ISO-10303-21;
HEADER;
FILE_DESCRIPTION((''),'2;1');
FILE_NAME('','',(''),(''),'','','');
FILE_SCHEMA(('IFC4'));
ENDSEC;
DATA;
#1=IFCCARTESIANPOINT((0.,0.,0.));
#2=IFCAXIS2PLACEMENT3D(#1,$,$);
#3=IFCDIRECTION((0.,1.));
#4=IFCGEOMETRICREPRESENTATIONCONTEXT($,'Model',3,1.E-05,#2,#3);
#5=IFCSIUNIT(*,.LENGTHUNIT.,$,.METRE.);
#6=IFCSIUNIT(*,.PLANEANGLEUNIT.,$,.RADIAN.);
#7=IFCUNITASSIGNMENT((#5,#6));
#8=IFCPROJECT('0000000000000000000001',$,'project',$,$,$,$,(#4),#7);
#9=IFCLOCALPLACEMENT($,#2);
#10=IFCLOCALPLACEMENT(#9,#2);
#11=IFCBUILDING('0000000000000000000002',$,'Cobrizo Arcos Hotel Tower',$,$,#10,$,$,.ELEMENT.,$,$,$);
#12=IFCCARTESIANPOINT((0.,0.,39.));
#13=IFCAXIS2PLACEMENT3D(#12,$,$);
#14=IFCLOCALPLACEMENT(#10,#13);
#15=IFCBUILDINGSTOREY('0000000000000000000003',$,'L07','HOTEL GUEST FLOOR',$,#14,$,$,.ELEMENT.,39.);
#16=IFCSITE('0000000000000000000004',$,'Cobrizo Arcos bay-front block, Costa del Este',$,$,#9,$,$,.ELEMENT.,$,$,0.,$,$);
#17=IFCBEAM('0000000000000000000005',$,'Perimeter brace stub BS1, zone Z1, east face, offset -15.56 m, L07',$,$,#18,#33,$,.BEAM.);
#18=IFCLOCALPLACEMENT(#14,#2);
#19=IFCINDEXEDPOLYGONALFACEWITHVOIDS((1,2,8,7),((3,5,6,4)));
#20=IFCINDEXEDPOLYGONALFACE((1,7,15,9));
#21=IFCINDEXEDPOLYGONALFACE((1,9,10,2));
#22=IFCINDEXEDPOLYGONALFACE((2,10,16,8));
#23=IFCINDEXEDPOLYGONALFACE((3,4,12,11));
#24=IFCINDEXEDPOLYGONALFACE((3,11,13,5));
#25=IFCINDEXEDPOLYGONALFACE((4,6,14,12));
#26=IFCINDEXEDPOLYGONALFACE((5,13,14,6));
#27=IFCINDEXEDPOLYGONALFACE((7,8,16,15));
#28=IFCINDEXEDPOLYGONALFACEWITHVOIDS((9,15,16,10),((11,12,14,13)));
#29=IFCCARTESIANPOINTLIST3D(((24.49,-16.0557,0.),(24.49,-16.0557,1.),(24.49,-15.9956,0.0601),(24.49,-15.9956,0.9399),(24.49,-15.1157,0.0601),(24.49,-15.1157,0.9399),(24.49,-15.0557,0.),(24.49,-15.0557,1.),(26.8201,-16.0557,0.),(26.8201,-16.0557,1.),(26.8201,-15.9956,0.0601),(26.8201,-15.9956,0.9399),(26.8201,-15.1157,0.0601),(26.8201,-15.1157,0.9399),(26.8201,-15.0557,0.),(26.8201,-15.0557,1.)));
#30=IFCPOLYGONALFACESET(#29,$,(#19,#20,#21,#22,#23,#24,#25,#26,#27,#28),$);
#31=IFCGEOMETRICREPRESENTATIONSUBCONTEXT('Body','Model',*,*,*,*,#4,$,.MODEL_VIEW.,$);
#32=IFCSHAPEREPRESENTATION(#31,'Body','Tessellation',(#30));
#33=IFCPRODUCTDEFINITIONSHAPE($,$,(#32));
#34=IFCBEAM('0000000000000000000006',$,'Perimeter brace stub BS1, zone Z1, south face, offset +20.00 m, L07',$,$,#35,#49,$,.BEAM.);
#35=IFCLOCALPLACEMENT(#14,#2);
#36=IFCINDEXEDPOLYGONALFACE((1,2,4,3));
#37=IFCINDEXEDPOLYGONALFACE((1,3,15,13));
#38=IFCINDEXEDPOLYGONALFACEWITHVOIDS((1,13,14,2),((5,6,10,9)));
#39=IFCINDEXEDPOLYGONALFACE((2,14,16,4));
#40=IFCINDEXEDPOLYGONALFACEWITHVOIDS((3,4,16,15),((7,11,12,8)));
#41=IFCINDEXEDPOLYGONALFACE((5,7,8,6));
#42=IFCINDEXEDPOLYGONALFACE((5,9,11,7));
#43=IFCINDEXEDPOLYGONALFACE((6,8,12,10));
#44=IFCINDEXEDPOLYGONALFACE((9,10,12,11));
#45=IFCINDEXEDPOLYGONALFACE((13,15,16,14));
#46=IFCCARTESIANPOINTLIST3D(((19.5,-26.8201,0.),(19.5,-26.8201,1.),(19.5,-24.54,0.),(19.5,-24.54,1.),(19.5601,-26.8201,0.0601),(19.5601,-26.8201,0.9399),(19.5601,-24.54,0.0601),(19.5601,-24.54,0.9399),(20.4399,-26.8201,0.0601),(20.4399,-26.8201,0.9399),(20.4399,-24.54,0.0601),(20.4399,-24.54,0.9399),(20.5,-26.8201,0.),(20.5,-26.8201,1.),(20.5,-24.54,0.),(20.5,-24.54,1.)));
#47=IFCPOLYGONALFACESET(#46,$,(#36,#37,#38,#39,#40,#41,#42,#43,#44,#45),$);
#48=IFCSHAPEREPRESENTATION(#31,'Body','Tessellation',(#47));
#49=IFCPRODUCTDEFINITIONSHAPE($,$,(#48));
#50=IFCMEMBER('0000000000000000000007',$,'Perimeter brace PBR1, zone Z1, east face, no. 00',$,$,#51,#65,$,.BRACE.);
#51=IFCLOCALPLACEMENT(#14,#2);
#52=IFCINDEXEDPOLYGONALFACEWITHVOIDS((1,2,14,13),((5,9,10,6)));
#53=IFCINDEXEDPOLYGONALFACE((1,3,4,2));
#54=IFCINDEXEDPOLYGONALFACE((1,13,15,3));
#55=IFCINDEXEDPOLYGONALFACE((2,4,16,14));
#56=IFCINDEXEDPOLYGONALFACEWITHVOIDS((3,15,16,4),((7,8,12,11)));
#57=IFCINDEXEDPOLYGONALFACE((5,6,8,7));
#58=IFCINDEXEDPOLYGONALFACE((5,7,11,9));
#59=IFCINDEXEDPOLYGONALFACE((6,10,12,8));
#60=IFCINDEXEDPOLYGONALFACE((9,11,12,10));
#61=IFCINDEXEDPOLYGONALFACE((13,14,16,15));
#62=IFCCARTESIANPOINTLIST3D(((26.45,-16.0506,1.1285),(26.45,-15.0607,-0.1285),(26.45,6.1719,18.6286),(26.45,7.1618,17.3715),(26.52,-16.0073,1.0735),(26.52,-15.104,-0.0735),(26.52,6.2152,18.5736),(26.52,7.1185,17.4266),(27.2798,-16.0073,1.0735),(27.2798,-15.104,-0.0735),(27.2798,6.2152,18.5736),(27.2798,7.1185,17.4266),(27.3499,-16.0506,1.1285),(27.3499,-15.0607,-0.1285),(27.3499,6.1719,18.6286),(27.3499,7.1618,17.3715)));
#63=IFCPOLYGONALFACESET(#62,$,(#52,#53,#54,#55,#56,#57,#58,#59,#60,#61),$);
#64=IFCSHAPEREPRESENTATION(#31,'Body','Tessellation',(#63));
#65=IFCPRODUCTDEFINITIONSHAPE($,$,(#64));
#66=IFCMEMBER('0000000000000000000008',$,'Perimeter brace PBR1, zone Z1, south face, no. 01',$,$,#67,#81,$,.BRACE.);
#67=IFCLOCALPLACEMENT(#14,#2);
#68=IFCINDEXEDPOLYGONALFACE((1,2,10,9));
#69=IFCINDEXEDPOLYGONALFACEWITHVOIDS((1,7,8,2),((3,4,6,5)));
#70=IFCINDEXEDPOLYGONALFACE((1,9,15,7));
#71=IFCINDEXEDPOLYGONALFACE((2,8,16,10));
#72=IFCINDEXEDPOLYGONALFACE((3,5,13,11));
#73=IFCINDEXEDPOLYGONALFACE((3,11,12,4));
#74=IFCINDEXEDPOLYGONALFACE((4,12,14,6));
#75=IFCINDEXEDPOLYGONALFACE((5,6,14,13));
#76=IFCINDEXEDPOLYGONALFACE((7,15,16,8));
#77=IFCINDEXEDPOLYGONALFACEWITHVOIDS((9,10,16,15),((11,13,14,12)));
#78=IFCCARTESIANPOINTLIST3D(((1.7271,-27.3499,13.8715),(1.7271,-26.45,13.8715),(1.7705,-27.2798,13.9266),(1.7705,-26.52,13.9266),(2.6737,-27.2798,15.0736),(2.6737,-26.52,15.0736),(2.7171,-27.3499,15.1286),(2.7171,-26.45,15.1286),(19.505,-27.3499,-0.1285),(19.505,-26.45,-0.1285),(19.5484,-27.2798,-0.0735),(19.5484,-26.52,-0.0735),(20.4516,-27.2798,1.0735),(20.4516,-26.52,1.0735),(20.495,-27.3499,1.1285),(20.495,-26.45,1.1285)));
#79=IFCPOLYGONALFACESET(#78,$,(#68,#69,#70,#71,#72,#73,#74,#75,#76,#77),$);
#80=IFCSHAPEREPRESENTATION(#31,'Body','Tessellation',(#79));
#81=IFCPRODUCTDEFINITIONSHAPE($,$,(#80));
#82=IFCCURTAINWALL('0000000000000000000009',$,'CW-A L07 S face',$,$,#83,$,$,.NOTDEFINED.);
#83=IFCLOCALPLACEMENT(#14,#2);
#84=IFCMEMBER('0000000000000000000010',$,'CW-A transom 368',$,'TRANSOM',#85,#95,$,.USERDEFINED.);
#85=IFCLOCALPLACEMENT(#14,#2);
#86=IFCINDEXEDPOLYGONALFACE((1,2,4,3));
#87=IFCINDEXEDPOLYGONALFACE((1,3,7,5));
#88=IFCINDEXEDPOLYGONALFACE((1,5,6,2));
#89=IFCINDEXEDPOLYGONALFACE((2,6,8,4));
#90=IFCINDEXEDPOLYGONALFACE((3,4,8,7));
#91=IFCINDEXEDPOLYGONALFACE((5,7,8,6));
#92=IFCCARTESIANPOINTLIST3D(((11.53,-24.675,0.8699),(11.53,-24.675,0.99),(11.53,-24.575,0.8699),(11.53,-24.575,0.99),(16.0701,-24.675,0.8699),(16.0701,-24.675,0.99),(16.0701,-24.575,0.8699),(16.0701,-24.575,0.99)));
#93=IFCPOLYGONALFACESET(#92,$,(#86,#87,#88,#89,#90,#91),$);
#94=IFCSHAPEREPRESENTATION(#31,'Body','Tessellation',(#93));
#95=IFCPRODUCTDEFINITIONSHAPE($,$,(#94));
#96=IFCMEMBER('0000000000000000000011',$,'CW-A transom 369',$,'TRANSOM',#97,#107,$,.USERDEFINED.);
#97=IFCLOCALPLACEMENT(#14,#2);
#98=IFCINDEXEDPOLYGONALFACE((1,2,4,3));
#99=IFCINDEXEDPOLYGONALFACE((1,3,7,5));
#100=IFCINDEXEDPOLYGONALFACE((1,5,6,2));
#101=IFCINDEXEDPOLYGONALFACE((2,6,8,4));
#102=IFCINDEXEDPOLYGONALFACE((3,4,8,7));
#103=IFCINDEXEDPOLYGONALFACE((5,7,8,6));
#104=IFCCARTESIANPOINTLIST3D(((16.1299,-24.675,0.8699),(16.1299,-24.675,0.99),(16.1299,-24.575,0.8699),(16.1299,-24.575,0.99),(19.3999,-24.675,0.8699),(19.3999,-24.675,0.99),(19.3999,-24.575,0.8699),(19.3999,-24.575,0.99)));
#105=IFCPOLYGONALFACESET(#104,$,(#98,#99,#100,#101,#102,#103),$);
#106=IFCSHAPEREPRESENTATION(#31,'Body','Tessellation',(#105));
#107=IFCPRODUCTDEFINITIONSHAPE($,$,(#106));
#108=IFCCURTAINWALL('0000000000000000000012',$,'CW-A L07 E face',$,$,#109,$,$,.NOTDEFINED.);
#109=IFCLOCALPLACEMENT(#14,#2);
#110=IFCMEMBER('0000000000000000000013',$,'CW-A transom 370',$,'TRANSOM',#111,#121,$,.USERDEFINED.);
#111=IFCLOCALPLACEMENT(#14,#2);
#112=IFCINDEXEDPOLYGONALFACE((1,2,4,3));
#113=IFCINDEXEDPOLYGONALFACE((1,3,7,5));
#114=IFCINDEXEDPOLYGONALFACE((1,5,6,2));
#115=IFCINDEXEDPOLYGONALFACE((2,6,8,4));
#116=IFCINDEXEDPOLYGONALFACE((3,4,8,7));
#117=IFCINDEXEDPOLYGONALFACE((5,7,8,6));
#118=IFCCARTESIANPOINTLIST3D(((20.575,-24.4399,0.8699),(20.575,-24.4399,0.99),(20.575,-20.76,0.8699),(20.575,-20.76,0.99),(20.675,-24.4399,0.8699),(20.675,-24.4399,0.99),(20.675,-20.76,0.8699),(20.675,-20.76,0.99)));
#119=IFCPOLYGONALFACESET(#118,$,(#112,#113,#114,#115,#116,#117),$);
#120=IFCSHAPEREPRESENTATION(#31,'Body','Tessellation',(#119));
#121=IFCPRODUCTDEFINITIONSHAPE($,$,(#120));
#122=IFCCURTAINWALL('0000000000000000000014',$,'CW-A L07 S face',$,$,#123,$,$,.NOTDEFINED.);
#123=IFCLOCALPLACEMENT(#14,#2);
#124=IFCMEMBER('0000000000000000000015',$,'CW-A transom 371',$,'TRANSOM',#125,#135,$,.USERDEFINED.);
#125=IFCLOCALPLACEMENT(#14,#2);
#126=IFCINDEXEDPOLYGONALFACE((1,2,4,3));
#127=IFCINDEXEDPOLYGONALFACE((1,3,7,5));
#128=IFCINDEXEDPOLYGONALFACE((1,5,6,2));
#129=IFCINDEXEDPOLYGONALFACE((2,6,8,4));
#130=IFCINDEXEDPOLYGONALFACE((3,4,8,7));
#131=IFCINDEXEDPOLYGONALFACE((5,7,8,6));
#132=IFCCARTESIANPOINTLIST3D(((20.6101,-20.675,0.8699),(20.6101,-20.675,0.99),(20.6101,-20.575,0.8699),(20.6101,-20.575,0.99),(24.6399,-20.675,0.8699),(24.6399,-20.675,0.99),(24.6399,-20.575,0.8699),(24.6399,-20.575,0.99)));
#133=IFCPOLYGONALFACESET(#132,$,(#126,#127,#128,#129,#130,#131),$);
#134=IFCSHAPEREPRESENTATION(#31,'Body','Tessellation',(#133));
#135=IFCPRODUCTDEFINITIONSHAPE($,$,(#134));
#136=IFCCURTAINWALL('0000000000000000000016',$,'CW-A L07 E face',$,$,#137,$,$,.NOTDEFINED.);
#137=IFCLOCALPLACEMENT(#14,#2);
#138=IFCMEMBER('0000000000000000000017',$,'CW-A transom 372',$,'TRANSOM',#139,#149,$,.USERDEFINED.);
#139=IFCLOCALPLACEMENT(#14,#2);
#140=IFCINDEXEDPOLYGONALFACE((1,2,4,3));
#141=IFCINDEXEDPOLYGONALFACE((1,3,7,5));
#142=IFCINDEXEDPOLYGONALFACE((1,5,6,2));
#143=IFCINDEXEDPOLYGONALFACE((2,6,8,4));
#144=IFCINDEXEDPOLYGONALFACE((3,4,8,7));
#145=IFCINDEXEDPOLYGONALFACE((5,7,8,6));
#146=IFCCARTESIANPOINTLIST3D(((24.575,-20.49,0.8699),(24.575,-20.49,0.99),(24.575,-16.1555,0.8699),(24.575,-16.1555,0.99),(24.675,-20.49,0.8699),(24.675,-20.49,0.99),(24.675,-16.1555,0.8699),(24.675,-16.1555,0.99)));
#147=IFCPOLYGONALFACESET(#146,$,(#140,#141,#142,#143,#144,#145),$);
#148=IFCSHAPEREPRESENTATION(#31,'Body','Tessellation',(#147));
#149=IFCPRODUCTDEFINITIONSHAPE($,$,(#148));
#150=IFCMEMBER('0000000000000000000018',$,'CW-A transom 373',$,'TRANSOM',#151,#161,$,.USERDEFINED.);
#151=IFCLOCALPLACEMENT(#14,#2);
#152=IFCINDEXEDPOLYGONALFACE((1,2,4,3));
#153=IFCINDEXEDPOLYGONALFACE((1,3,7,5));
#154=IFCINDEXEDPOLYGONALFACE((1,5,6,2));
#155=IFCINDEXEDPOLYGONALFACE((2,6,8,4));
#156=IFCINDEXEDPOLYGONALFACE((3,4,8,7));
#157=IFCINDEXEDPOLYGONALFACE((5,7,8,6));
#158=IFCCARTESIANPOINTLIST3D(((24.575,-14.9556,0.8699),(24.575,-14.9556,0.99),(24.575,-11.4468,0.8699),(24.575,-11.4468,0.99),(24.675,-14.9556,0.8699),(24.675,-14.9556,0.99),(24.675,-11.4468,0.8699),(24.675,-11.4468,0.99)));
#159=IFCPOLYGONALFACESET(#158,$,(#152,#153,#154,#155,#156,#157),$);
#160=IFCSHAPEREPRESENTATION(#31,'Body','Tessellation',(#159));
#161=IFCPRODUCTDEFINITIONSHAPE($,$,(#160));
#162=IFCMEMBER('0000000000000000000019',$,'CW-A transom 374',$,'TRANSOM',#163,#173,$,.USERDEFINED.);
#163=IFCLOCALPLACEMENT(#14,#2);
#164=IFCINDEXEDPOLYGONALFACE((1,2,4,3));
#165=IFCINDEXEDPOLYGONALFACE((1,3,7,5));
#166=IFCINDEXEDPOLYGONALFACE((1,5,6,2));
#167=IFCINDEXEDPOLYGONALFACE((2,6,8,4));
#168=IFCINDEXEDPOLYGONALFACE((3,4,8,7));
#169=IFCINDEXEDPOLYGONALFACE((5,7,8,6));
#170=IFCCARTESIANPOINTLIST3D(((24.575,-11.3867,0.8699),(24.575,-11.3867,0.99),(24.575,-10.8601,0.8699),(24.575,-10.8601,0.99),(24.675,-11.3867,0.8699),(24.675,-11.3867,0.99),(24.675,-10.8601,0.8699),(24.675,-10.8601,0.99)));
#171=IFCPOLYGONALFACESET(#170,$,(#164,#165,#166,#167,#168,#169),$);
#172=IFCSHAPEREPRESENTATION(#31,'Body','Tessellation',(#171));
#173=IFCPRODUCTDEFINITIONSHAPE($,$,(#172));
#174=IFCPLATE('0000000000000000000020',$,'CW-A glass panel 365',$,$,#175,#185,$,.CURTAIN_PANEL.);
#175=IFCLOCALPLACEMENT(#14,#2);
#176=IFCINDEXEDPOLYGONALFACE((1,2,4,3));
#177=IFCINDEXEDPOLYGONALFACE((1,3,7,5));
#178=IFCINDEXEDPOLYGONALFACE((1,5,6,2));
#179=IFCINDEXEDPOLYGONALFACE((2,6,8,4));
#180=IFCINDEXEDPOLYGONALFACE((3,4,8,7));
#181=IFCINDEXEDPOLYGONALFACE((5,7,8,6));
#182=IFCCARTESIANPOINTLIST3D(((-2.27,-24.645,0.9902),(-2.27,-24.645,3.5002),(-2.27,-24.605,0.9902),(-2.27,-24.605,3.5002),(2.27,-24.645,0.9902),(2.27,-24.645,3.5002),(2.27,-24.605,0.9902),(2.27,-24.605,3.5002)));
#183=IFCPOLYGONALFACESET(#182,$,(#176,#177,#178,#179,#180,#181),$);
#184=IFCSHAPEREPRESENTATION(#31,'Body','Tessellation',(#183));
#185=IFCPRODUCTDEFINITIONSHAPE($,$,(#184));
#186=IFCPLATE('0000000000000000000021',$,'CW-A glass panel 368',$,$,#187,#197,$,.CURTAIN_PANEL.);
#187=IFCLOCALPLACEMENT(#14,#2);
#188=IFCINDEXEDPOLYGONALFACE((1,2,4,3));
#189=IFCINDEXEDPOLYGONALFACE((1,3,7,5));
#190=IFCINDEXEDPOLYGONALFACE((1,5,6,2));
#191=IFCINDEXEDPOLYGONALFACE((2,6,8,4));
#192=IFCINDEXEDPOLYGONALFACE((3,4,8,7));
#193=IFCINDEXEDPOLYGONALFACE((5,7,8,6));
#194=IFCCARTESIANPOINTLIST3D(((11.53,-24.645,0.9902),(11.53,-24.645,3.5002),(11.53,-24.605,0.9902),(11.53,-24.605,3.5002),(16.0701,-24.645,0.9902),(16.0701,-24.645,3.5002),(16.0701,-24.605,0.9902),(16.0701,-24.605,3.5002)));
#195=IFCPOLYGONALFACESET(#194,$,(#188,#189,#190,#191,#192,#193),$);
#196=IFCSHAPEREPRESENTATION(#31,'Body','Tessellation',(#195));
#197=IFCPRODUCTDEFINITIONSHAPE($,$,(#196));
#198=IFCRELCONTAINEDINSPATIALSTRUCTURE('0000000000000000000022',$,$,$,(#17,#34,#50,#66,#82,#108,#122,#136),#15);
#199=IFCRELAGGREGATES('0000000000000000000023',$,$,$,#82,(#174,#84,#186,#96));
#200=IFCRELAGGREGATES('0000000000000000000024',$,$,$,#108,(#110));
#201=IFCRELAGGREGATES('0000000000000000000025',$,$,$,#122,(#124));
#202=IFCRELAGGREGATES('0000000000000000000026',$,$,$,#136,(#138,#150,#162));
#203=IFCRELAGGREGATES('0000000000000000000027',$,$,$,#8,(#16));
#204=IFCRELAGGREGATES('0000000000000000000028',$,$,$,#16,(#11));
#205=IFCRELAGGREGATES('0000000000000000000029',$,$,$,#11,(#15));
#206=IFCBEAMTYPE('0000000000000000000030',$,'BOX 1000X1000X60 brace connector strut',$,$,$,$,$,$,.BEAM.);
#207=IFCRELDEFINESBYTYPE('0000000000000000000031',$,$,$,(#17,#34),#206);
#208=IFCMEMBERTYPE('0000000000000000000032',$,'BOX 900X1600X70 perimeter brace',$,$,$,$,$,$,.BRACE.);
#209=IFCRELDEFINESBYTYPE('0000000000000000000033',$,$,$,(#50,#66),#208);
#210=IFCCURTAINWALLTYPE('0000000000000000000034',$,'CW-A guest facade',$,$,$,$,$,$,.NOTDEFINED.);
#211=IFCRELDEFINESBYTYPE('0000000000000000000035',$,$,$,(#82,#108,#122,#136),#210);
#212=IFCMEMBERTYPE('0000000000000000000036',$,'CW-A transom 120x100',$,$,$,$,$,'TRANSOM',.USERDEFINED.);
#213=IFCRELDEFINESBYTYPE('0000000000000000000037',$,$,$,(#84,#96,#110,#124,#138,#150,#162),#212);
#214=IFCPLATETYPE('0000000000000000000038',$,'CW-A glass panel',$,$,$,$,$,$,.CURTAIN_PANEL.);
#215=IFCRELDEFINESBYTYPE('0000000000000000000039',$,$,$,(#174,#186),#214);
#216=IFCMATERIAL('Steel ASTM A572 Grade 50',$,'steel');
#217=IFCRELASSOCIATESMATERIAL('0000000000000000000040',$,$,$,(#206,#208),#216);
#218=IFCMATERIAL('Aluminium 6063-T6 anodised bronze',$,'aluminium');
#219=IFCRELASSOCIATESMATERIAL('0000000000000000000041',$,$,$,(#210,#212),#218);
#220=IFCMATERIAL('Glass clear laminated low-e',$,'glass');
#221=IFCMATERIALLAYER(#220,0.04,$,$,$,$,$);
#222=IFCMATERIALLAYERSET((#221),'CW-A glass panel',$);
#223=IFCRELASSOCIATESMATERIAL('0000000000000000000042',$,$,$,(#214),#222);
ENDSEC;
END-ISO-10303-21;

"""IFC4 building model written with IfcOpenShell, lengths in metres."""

from ifc_helpers import new_model, si_unit, direction, frame, origin, origin_2d, place, context, subcontext, project, spatial, rectangle, hollow_rectangle, extrude, material, layer, layer_set, material_profile, profile_set, type_object, element, aggregate, save


model = new_model("IFC4")

# Units and contexts
model_context = context("Model", 3, precision=1e-05, world=origin(), true_north=direction((0.0, 1.0)))
body_context = subcontext(model_context, "Body", "Model", "MODEL_VIEW")
ifc_project = project(units=[si_unit("LENGTHUNIT", "METRE"), si_unit("PLANEANGLEUNIT", "RADIAN")], contexts=[model_context])

# Site, building, storey
site_placement = place(None, origin())
site = spatial("IfcSite", under=ifc_project, at=site_placement, Name="Cobrizo Arcos bay-front block, Costa del Este", CompositionType="ELEMENT", RefElevation=0.0)
building_placement = place(site_placement, origin())
building = spatial("IfcBuilding", under=site, at=building_placement, Name="Cobrizo Arcos Hotel Tower", CompositionType="ELEMENT")
storey_placement = place(building_placement, frame((0.0, 0.0, 39.0)))
storey = spatial("IfcBuildingStorey", under=building, at=storey_placement, Name="L07", Description="HOTEL GUEST FLOOR", CompositionType="ELEMENT", Elevation=39.0)

# Beams
ifc_material_1 = material(Name="Steel ASTM A572 Grade 50", Category="steel")
ifc_material_profile_1 = material_profile(ifc_material_1, hollow_rectangle(XDim=1.0, YDim=1.0, WallThickness=0.0601, at=origin_2d()), Name="BOX 1000X1000X60")
ifc_profile_set_1 = profile_set([ifc_material_profile_1], Name="Steel ASTM A572 Grade 50")
beam_type = type_object("IfcBeamType", Name="BOX 1000X1000X60 brace connector strut", PredefinedType="BEAM", material=ifc_profile_set_1)
beam_1_placement = place(storey_placement, frame((24.49, -15.5557, 0.5), z_axis=(1.0, 0.0, 0.0), x_axis=(0.0, 1.0, 0.0)))
element("IfcBeam", 1, at=beam_1_placement, inside=storey, type_object=beam_type, Name="Perimeter brace stub BS1, zone Z1, east face, offset -15.56 m, L07", PredefinedType="BEAM", context=body_context, shape_type="SweptSolid", body=[
    extrude(hollow_rectangle(XDim=1.0, YDim=1.0, WallThickness=0.0601, at=origin_2d()), origin(), (0.0, 0.0, 1.0), 2.3301),
])
beam_2_placement = place(storey_placement, frame((20.0, -24.54, 0.5), z_axis=(0.0, -1.0, 0.0), x_axis=(1.0, 0.0, 0.0)))
element("IfcBeam", 2, at=beam_2_placement, inside=storey, type_object=beam_type, Name="Perimeter brace stub BS1, zone Z1, south face, offset +20.00 m, L07", PredefinedType="BEAM", context=body_context, shape_type="SweptSolid", body=[
    extrude(hollow_rectangle(XDim=1.0, YDim=1.0, WallThickness=0.0601, at=origin_2d()), origin(), (0.0, 0.0, 1.0), 2.28),
])

# Members
ifc_material_profile_2 = material_profile(ifc_material_1, hollow_rectangle(XDim=0.8999, YDim=1.6001, WallThickness=0.0701, at=origin_2d()), Name="BOX 900X1600X70")
ifc_profile_set_2 = profile_set([ifc_material_profile_2], Name="Steel ASTM A572 Grade 50")
member_type_1 = type_object("IfcMemberType", Name="BOX 900X1600X70 perimeter brace", PredefinedType="BRACE", material=ifc_profile_set_2)
member_1_placement = place(storey_placement, frame((26.8999, -15.5557, 0.5), z_axis=(0.0, 0.785639, 0.618685), x_axis=(-1.0, 0.0, 0.0)))
element("IfcMember", 3, at=member_1_placement, inside=storey, type_object=member_type_1, Name="Perimeter brace PBR1, zone Z1, east face, no. 00", PredefinedType="BRACE", context=body_context, shape_type="SweptSolid", body=[
    extrude(hollow_rectangle(XDim=0.8999, YDim=1.6001, WallThickness=0.0701, at=origin_2d()), origin(), (0.0, 0.0, 1.0), 28.2859),
])
member_2_placement = place(storey_placement, frame((20.0, -26.8999, 0.5), z_axis=(-0.785637, 0.0, 0.618687), x_axis=(0.0, -1.0, 0.0)))
element("IfcMember", 4, at=member_2_placement, inside=storey, type_object=member_type_1, Name="Perimeter brace PBR1, zone Z1, south face, no. 01", PredefinedType="BRACE", context=body_context, shape_type="SweptSolid", body=[
    extrude(hollow_rectangle(XDim=0.8999, YDim=1.6001, WallThickness=0.0701, at=origin_2d()), origin(), (0.0, 0.0, 1.0), 22.6287),
])

# Curtain wall, members
ifc_material_2 = material(Name="Aluminium 6063-T6 anodised bronze", Category="aluminium")
curtain_wall_type = type_object("IfcCurtainWallType", Name="CW-A guest facade", PredefinedType="NOTDEFINED", material=ifc_material_2)
curtain_wall_1_placement = place(storey_placement, origin())
curtain_wall_1 = element("IfcCurtainWall", 5, at=curtain_wall_1_placement, inside=storey, type_object=curtain_wall_type, Name="CW-A L07 S face", PredefinedType="NOTDEFINED")
ifc_material_profile_3 = material_profile(ifc_material_2, rectangle(XDim=0.1001, YDim=0.1201, at=origin_2d()), Name="CW-A transom 120x100")
ifc_profile_set_3 = profile_set([ifc_material_profile_3], Name="Aluminium 6063-T6 anodised bronze")
member_type_2 = type_object("IfcMemberType", Name="CW-A transom 120x100", ElementType="TRANSOM", PredefinedType="USERDEFINED", material=ifc_profile_set_3)
member_3_placement = place(storey_placement, frame((11.53, -24.625, 0.9299), z_axis=(1.0, 0.0, 0.0), x_axis=(0.0, 1.0, 0.0)))
member_3 = element("IfcMember", 6, at=member_3_placement, type_object=member_type_2, Name="CW-A transom 368", ObjectType="TRANSOM", PredefinedType="USERDEFINED", context=body_context, shape_type="SweptSolid", body=[
    extrude(rectangle(XDim=0.1001, YDim=0.1201, at=origin_2d()), origin(), (0.0, 0.0, 1.0), 4.54),
])
member_4_placement = place(storey_placement, frame((16.1299, -24.625, 0.9299), z_axis=(1.0, 0.0, 0.0), x_axis=(0.0, 1.0, 0.0)))
member_4 = element("IfcMember", 7, at=member_4_placement, type_object=member_type_2, Name="CW-A transom 369", ObjectType="TRANSOM", PredefinedType="USERDEFINED", context=body_context, shape_type="SweptSolid", body=[
    extrude(rectangle(XDim=0.1001, YDim=0.1201, at=origin_2d()), origin(), (0.0, 0.0, 1.0), 3.27),
])

# Curtain walls, members
curtain_wall_2_placement = place(storey_placement, origin())
curtain_wall_2 = element("IfcCurtainWall", 8, at=curtain_wall_2_placement, inside=storey, type_object=curtain_wall_type, Name="CW-A L07 E face", PredefinedType="NOTDEFINED")
member_5_placement = place(storey_placement, frame((20.625, -24.4399, 0.9299), z_axis=(0.0, 1.0, 0.0), x_axis=(-1.0, 0.0, 0.0)))
member_5 = element("IfcMember", 9, at=member_5_placement, type_object=member_type_2, Name="CW-A transom 370", ObjectType="TRANSOM", PredefinedType="USERDEFINED", context=body_context, shape_type="SweptSolid", body=[
    extrude(rectangle(XDim=0.1001, YDim=0.1201, at=origin_2d()), origin(), (0.0, 0.0, 1.0), 3.6799),
])
curtain_wall_3_placement = place(storey_placement, origin())
curtain_wall_3 = element("IfcCurtainWall", 10, at=curtain_wall_3_placement, inside=storey, type_object=curtain_wall_type, Name="CW-A L07 S face", PredefinedType="NOTDEFINED")
member_6_placement = place(storey_placement, frame((20.6101, -20.625, 0.9299), z_axis=(1.0, 0.0, 0.0), x_axis=(0.0, 1.0, 0.0)))
member_6 = element("IfcMember", 11, at=member_6_placement, type_object=member_type_2, Name="CW-A transom 371", ObjectType="TRANSOM", PredefinedType="USERDEFINED", context=body_context, shape_type="SweptSolid", body=[
    extrude(rectangle(XDim=0.1001, YDim=0.1201, at=origin_2d()), origin(), (0.0, 0.0, 1.0), 4.0298),
])

# Curtain wall, members
curtain_wall_4_placement = place(storey_placement, origin())
curtain_wall_4 = element("IfcCurtainWall", 12, at=curtain_wall_4_placement, inside=storey, type_object=curtain_wall_type, Name="CW-A L07 E face", PredefinedType="NOTDEFINED")
member_7_placement = place(storey_placement, frame((24.625, -20.49, 0.9299), z_axis=(0.0, 1.0, 0.0), x_axis=(-1.0, 0.0, 0.0)))
member_7 = element("IfcMember", 13, at=member_7_placement, type_object=member_type_2, Name="CW-A transom 372", ObjectType="TRANSOM", PredefinedType="USERDEFINED", context=body_context, shape_type="SweptSolid", body=[
    extrude(rectangle(XDim=0.1001, YDim=0.1201, at=origin_2d()), origin(), (0.0, 0.0, 1.0), 4.3345),
])
member_8_placement = place(storey_placement, frame((24.625, -14.9556, 0.9299), z_axis=(0.0, 1.0, 0.0), x_axis=(-1.0, 0.0, 0.0)))
member_8 = element("IfcMember", 14, at=member_8_placement, type_object=member_type_2, Name="CW-A transom 373", ObjectType="TRANSOM", PredefinedType="USERDEFINED", context=body_context, shape_type="SweptSolid", body=[
    extrude(rectangle(XDim=0.1001, YDim=0.1201, at=origin_2d()), origin(), (0.0, 0.0, 1.0), 3.5088),
])
member_9_placement = place(storey_placement, frame((24.625, -11.3867, 0.9299), z_axis=(0.0, 1.0, 0.0), x_axis=(-1.0, 0.0, 0.0)))
member_9 = element("IfcMember", 15, at=member_9_placement, type_object=member_type_2, Name="CW-A transom 374", ObjectType="TRANSOM", PredefinedType="USERDEFINED", context=body_context, shape_type="SweptSolid", body=[
    extrude(rectangle(XDim=0.1001, YDim=0.1201, at=origin_2d()), origin(), (0.0, 0.0, 1.0), 0.5266),
])

# Plates
ifc_material_3 = material(Name="Glass clear laminated low-e", Category="glass")
ifc_layer = layer(ifc_material_3, 0.04)
ifc_layer_set = layer_set([ifc_layer], Name="CW-A glass panel")
plate_type = type_object("IfcPlateType", Name="CW-A glass panel", PredefinedType="CURTAIN_PANEL", material=ifc_layer_set)
plate_1_placement = place(storey_placement, frame((0.0, -24.625, 0.9902), z_axis=(0.0, 0.0, 1.0), x_axis=(1.0, 0.0, 0.0)))
plate_1 = element("IfcPlate", 16, at=plate_1_placement, type_object=plate_type, Name="CW-A glass panel 365", PredefinedType="CURTAIN_PANEL", context=body_context, shape_type="SweptSolid", body=[
    extrude(rectangle(XDim=4.54, YDim=0.04, at=origin_2d()), origin(), (0.0, 0.0, 1.0), 2.51),
])
plate_2_placement = place(storey_placement, frame((13.8, -24.625, 0.9902), z_axis=(0.0, 0.0, 1.0), x_axis=(1.0, 0.0, 0.0)))
plate_2 = element("IfcPlate", 17, at=plate_2_placement, type_object=plate_type, Name="CW-A glass panel 368", PredefinedType="CURTAIN_PANEL", context=body_context, shape_type="SweptSolid", body=[
    extrude(rectangle(XDim=4.54, YDim=0.04, at=origin_2d()), origin(), (0.0, 0.0, 1.0), 2.51),
])
aggregate(curtain_wall_1, [plate_1, member_3, plate_2, member_4])
aggregate(curtain_wall_2, [member_5])
aggregate(curtain_wall_3, [member_6])
aggregate(curtain_wall_4, [member_7, member_8, member_9])

save(model, "model.ifc")
